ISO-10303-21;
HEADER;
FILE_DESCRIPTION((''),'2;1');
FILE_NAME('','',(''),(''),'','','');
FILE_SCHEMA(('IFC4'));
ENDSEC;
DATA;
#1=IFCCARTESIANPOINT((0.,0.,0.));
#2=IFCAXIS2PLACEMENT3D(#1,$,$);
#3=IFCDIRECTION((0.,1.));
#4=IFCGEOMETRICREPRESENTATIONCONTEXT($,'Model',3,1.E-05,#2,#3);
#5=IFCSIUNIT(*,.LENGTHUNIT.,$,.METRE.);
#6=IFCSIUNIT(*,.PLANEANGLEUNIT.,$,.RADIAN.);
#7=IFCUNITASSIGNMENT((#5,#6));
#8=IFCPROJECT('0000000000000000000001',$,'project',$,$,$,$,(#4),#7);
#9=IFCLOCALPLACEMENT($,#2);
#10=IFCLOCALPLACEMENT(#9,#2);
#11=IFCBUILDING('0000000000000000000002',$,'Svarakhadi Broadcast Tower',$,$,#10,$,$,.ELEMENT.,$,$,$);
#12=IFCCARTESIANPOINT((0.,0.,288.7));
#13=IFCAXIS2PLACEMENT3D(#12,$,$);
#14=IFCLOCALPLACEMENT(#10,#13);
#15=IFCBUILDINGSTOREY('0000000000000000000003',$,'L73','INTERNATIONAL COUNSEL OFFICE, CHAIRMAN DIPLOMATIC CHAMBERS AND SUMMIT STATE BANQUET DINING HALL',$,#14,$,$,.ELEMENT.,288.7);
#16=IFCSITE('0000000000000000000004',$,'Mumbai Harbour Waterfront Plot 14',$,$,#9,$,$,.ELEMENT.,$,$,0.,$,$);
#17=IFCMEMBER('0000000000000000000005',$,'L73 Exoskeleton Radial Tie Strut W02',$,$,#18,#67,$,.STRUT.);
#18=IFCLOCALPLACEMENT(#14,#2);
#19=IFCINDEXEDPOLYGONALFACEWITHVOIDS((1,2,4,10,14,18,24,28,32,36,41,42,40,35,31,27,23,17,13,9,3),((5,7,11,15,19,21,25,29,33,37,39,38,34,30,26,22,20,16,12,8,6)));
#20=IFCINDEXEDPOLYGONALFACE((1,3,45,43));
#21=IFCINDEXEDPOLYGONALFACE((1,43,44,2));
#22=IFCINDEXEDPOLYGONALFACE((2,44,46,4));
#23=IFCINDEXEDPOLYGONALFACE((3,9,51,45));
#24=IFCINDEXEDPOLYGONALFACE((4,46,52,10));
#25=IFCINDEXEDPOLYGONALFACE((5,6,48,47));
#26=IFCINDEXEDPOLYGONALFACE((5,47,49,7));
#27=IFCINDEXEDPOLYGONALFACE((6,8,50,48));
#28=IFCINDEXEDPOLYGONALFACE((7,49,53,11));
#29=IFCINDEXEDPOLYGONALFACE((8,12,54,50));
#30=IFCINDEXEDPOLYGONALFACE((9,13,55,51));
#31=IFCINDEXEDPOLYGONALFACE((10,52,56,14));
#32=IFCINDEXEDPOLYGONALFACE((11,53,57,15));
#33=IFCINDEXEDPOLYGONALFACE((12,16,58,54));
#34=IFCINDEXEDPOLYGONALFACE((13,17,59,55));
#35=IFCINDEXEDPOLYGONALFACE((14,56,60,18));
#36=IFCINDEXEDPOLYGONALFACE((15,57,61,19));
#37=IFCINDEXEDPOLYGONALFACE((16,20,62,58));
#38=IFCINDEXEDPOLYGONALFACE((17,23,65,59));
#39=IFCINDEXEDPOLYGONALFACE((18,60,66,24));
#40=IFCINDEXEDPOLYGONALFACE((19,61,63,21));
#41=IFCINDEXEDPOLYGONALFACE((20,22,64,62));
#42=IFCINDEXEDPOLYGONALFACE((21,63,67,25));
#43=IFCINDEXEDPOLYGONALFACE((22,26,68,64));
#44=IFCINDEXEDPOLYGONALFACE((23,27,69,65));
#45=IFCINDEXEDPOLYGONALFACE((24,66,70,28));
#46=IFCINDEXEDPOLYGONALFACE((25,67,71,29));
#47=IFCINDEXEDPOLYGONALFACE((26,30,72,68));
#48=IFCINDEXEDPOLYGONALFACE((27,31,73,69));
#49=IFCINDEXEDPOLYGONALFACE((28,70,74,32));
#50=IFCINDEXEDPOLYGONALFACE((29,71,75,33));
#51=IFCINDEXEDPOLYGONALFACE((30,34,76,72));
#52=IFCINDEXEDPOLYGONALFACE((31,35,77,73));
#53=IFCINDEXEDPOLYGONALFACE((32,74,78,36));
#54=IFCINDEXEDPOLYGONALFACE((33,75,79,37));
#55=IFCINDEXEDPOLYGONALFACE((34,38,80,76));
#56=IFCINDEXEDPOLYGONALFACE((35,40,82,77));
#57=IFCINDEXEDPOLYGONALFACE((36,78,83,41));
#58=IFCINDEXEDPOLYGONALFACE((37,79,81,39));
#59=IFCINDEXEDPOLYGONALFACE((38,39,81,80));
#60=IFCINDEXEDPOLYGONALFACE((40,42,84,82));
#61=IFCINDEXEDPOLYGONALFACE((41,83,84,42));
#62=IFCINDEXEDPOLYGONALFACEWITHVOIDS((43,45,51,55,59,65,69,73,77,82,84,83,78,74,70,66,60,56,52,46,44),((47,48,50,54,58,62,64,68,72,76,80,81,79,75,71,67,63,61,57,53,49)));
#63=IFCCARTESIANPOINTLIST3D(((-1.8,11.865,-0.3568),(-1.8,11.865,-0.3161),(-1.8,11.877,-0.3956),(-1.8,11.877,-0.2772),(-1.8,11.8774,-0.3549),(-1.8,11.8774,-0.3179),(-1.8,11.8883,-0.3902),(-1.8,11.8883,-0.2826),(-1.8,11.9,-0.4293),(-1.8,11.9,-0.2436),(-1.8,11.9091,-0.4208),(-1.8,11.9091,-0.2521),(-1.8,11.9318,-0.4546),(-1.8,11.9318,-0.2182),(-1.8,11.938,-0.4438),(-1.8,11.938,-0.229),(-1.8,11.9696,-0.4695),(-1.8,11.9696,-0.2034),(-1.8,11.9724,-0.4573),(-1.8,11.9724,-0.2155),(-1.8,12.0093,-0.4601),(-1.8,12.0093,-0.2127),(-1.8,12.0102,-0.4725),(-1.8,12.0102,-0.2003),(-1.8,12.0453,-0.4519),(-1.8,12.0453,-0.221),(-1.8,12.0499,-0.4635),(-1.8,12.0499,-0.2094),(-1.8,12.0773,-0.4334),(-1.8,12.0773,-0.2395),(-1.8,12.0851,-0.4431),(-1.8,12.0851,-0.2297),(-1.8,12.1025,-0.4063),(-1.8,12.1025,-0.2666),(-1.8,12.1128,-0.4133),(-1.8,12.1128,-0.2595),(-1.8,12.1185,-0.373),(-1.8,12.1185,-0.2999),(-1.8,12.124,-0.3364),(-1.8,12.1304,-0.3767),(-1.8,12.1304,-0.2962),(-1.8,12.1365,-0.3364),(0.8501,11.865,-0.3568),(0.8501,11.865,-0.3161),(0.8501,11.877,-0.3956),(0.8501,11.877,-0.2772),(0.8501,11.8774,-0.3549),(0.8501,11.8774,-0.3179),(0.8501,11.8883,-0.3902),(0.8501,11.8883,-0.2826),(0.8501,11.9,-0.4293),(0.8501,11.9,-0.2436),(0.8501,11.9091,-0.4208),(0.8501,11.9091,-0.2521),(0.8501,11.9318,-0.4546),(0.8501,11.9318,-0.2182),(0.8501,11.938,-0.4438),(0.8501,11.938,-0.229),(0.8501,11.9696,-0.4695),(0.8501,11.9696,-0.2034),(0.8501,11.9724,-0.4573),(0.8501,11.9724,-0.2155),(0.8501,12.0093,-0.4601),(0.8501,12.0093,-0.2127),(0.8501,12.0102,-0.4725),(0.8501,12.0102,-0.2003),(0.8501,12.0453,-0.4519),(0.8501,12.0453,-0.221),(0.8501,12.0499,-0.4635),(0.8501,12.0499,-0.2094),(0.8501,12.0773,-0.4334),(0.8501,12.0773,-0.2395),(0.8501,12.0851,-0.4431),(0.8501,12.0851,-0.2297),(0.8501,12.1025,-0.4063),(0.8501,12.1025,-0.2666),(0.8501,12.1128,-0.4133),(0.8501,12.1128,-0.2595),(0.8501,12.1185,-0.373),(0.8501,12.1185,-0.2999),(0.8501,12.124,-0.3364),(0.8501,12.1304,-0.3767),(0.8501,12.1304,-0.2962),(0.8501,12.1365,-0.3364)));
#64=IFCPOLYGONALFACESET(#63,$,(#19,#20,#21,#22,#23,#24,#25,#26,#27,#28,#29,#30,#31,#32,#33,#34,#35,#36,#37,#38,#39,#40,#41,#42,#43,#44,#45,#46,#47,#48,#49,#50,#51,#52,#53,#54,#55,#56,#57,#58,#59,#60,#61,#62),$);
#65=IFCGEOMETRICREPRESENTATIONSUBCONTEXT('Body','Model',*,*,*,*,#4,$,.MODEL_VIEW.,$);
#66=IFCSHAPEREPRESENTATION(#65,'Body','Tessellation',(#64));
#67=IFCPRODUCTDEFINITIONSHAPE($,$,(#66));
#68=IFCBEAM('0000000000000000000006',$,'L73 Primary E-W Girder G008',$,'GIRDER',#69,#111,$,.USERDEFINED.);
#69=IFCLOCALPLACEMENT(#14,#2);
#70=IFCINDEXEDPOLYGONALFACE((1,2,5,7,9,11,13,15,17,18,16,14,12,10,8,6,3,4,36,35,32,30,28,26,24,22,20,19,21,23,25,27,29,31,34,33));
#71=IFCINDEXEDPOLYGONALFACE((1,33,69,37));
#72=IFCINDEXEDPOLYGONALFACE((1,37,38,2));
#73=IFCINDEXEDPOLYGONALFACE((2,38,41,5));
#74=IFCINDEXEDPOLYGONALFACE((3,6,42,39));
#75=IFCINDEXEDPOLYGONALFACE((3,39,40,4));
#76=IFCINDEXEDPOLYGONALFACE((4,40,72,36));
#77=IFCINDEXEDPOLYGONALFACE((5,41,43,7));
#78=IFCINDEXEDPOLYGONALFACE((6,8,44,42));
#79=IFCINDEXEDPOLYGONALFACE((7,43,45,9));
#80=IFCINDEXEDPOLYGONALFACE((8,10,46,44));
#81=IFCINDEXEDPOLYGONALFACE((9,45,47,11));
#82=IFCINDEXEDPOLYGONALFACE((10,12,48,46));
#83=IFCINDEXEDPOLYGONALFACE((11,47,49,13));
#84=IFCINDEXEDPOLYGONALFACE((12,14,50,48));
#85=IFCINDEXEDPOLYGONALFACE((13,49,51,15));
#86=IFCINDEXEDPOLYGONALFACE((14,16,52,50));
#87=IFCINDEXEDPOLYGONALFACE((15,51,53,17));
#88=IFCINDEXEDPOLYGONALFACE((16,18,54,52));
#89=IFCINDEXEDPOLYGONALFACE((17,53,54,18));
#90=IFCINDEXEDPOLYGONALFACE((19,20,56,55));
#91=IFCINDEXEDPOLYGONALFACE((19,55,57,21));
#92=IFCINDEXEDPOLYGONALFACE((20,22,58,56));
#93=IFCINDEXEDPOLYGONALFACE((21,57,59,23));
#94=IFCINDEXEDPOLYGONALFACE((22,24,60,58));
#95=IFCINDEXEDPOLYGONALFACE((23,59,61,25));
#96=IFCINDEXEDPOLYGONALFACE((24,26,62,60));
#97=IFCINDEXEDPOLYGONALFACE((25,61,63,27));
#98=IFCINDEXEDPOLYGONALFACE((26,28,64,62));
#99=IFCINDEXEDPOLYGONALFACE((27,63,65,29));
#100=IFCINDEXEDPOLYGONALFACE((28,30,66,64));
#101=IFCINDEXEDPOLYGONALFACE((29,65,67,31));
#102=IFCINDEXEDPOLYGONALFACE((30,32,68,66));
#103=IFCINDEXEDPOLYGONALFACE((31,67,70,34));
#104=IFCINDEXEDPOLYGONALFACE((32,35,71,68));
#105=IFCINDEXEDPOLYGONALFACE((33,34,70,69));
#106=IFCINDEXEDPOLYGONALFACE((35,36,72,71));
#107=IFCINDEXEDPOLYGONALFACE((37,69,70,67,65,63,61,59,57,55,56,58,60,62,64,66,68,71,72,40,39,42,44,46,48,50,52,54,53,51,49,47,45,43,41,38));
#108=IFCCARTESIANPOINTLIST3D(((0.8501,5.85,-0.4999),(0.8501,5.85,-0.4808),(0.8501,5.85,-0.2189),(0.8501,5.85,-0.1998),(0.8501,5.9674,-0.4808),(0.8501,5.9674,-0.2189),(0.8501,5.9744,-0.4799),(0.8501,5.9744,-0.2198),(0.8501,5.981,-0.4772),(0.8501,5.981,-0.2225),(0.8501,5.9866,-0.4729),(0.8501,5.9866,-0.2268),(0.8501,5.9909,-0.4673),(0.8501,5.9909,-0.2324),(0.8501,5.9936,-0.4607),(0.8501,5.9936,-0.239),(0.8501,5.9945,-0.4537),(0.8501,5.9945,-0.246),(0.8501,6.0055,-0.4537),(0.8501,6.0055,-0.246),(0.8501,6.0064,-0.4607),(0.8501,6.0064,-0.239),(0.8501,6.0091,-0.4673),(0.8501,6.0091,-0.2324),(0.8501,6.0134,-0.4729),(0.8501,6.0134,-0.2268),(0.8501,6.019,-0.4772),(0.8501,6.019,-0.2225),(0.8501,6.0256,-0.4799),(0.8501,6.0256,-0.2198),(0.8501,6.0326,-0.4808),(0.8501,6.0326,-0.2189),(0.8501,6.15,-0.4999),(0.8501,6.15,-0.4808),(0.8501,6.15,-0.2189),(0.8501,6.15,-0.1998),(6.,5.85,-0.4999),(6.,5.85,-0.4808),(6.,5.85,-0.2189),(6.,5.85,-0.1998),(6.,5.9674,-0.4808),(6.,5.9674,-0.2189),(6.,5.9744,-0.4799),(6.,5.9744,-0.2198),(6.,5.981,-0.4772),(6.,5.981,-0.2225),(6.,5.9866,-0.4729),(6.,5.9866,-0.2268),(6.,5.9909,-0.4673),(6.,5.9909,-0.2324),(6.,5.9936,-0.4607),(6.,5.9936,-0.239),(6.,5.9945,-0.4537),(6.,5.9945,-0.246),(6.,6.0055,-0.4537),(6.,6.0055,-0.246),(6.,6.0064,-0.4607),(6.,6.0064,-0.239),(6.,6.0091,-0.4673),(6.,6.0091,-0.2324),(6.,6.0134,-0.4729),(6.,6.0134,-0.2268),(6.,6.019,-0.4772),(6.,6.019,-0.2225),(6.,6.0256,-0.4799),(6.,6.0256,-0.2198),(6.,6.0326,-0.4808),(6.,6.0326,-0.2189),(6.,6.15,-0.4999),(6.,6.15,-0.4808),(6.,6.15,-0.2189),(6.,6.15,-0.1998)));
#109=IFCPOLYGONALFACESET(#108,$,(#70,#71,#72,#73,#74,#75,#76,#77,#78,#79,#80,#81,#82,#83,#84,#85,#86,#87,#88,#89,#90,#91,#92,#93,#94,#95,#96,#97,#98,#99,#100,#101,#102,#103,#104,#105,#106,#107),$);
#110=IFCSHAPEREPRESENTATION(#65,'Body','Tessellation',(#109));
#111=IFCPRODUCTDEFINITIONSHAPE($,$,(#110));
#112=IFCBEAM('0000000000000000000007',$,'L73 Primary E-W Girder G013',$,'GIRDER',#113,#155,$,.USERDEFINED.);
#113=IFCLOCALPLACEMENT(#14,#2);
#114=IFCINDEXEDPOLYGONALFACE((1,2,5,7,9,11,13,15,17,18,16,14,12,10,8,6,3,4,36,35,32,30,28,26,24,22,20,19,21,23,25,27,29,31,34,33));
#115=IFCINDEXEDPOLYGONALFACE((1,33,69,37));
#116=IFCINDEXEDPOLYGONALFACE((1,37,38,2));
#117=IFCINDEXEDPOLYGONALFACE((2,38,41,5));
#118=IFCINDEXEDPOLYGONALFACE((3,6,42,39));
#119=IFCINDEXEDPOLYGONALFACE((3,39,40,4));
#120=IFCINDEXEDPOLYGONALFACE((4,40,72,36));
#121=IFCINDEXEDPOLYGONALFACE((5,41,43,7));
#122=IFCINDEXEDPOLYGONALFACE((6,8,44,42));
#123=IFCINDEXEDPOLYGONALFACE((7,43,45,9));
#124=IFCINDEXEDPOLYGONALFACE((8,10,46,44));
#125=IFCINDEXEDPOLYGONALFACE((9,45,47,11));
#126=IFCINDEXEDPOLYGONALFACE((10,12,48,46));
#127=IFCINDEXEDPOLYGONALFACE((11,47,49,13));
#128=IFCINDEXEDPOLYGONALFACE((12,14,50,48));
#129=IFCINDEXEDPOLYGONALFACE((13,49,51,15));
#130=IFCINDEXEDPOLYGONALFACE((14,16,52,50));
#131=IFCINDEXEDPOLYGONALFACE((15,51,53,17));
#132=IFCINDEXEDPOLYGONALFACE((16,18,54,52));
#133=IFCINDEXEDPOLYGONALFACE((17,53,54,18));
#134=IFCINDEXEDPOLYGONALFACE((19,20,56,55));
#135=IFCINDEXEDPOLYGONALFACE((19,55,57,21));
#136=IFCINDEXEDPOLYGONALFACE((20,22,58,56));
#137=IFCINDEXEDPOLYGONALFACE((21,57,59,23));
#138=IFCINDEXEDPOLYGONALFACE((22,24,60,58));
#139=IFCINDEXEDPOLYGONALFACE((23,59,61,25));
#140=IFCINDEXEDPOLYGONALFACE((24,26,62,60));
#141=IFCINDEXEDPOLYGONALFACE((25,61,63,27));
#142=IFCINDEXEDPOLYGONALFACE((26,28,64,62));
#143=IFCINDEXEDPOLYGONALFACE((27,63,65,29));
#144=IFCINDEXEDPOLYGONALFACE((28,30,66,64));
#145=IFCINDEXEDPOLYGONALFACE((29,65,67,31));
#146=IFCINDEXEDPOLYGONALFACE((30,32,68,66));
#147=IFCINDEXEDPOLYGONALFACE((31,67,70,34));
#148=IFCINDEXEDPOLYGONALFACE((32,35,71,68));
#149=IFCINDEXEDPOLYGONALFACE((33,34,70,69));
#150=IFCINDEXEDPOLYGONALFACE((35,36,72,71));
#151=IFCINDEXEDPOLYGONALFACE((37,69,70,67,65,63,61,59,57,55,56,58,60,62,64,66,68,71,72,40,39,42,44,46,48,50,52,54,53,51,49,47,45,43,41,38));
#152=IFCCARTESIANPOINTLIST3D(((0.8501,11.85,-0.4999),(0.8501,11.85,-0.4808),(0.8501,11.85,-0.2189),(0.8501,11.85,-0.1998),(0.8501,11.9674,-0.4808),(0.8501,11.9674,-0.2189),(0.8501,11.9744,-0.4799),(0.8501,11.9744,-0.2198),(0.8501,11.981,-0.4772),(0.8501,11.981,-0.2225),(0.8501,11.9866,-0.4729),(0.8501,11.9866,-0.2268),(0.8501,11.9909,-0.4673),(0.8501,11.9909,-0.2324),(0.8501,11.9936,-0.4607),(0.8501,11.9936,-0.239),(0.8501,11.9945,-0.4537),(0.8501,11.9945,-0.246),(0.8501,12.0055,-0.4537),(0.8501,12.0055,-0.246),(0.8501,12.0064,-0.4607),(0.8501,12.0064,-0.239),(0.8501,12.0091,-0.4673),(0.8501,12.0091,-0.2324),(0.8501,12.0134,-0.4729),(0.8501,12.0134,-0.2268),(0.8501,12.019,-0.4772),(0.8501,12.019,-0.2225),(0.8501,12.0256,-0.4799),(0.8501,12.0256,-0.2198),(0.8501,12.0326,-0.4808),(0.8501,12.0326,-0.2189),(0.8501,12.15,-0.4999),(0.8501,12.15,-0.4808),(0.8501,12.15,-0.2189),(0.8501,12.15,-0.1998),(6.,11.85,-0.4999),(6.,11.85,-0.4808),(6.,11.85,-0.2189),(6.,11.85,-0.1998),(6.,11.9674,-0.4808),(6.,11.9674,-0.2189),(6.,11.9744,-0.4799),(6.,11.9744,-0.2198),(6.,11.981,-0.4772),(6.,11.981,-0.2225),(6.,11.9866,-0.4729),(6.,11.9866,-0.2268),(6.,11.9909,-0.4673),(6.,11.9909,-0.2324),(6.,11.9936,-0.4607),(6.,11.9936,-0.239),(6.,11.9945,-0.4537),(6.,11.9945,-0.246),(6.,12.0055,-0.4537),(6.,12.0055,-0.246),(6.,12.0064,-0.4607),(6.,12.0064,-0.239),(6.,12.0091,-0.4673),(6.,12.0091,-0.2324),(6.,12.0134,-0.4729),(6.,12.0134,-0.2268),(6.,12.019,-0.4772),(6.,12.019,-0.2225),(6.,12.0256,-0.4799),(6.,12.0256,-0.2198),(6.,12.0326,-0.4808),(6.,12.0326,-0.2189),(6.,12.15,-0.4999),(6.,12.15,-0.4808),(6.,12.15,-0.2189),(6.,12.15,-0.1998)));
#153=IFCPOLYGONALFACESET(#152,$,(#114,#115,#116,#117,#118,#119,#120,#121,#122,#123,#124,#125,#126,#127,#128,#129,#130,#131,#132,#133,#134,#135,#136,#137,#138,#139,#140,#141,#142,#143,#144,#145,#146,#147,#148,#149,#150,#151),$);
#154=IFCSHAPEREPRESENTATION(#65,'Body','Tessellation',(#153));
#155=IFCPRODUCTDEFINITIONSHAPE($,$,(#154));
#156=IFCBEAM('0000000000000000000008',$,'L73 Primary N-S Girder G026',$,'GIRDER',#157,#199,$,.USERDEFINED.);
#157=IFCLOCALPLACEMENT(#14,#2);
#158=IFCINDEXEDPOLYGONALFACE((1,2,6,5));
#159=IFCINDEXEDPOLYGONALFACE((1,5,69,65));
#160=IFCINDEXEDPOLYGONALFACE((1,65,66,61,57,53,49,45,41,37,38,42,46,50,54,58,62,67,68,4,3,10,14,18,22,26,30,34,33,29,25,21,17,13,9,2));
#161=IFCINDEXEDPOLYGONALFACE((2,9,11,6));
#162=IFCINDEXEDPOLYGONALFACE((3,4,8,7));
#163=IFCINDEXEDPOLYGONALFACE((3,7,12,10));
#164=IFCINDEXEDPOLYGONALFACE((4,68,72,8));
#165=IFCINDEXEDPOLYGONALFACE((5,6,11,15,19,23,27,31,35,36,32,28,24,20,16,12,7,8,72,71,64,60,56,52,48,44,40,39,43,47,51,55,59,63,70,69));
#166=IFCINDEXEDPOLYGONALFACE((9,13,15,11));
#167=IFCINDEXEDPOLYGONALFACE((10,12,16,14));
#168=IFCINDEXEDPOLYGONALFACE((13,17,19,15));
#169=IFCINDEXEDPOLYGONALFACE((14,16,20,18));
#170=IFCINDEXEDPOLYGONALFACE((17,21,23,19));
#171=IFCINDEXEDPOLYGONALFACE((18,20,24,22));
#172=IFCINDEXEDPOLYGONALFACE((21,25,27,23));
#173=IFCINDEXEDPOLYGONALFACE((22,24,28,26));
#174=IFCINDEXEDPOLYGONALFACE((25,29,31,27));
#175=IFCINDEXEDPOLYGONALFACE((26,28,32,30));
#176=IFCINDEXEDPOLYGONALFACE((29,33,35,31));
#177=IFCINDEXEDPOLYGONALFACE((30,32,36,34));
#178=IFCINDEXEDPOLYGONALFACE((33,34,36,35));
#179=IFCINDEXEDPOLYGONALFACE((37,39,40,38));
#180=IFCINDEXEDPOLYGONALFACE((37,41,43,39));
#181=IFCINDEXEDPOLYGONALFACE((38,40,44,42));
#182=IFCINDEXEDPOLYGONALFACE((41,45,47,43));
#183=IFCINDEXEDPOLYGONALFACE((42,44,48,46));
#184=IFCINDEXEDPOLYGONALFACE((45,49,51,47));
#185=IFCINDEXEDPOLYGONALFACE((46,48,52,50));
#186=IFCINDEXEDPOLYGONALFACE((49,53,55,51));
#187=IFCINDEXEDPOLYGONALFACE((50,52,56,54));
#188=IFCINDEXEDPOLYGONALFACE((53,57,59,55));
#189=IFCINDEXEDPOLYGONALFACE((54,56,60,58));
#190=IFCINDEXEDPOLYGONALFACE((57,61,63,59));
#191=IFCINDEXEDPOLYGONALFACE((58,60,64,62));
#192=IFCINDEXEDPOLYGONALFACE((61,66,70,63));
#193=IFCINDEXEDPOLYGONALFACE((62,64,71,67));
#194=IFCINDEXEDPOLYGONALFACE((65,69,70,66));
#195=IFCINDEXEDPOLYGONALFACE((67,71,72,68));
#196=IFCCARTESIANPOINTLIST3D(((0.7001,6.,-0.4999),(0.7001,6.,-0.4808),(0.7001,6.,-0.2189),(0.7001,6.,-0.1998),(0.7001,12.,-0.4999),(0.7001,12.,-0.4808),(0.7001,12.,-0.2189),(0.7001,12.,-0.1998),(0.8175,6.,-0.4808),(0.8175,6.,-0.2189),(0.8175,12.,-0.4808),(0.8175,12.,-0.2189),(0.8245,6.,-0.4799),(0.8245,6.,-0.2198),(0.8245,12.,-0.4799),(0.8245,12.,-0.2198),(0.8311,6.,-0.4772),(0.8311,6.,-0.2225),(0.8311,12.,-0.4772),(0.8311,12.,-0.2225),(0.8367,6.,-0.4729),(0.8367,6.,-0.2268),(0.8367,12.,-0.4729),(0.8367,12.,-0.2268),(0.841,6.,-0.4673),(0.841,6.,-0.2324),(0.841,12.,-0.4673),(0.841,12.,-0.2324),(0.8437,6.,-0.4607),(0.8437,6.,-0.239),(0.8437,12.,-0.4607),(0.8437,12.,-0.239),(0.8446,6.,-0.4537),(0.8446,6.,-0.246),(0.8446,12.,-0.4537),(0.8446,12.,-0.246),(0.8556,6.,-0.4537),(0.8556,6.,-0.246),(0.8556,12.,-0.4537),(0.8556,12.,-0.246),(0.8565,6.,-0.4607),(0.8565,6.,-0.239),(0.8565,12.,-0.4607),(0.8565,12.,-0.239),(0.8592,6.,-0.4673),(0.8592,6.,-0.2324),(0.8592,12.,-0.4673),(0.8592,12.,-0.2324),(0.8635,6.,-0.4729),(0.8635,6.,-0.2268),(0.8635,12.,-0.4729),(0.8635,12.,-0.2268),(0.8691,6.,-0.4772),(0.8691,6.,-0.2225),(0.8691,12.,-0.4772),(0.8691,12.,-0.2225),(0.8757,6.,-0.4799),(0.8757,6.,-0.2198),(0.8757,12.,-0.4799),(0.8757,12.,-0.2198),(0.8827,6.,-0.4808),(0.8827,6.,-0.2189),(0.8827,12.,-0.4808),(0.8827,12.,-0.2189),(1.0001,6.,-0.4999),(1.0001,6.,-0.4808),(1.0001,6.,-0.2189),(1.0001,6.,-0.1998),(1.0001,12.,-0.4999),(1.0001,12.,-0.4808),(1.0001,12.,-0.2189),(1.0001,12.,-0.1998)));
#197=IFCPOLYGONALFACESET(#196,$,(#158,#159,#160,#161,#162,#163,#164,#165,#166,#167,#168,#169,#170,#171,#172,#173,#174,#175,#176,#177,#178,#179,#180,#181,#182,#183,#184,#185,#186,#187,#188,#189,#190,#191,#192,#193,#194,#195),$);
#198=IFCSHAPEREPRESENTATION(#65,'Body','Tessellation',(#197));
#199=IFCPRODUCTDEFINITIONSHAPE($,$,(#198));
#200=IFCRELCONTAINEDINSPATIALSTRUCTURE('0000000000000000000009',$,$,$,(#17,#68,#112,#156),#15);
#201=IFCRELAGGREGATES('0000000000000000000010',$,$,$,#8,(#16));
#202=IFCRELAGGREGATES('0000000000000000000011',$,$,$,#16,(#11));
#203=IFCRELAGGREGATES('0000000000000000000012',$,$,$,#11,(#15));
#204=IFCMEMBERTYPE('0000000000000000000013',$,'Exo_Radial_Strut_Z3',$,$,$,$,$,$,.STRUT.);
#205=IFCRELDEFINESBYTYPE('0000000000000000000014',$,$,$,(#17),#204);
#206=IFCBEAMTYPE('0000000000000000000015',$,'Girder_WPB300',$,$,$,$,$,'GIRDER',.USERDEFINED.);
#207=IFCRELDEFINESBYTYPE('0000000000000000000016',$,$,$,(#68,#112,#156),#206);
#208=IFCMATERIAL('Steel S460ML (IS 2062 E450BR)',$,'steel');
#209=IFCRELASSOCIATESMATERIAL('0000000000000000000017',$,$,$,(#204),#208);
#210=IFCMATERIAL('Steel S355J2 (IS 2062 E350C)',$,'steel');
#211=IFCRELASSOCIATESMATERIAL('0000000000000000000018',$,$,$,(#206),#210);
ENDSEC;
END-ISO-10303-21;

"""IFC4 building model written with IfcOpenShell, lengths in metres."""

from ifc_helpers import new_model, si_unit, direction, frame, origin, origin_2d, place, context, subcontext, project, spatial, hollow_circle, i_section, extrude, material, material_profile, profile_set, type_object, element, save


model = new_model("IFC4")

# Units and contexts
model_context = context("Model", 3, precision=1e-05, world=origin(), true_north=direction((0.0, 1.0)))
body_context = subcontext(model_context, "Body", "Model", "MODEL_VIEW")
ifc_project = project(units=[si_unit("LENGTHUNIT", "METRE"), si_unit("PLANEANGLEUNIT", "RADIAN")], contexts=[model_context])

# Site, building, storey
site_placement = place(None, origin())
site = spatial("IfcSite", under=ifc_project, at=site_placement, Name="Mumbai Harbour Waterfront Plot 14", CompositionType="ELEMENT", RefElevation=0.0)
building_placement = place(site_placement, origin())
building = spatial("IfcBuilding", under=site, at=building_placement, Name="Svarakhadi Broadcast Tower", CompositionType="ELEMENT")
storey_placement = place(building_placement, frame((0.0, 0.0, 288.7)))
storey = spatial("IfcBuildingStorey", under=building, at=storey_placement, Name="L73", Description="INTERNATIONAL COUNSEL OFFICE, CHAIRMAN DIPLOMATIC CHAMBERS AND SUMMIT STATE BANQUET DINING HALL", CompositionType="ELEMENT", Elevation=288.7)

# Shared definitions
ifc_material_1 = material(Name="Steel S460ML (IS 2062 E450BR)", Category="steel")

# Shared definitions
ifc_material_2 = material(Name="Steel S355J2 (IS 2062 E350C)", Category="steel")

# Member
ifc_material_profile_1 = material_profile(ifc_material_1, hollow_circle(Radius=0.1365, WallThickness=0.0125, at=origin_2d()), Name="CHS 273x12.5")
ifc_profile_set_1 = profile_set([ifc_material_profile_1], Name="Steel S460ML (IS 2062 E450BR)")
member_type_1 = type_object("IfcMemberType", Name="Exo_Radial_Strut_Z3", PredefinedType="STRUT", material=ifc_profile_set_1)
member_1_placement = place(storey_placement, frame((-1.8, 12.0, -0.3364), z_axis=(1.0, 0.0, 0.0), x_axis=(0.0, 1.0, 0.0)))
element("IfcMember", 1, at=member_1_placement, inside=storey, type_object=member_type_1, Name="L73 Exoskeleton Radial Tie Strut W02", PredefinedType="STRUT", context=body_context, shape_type="SweptSolid", body=[
    extrude(hollow_circle(Radius=0.1365, WallThickness=0.0125, at=origin_2d()), origin(), (0.0, 0.0, 1.0), 2.6501),
])

# Beams
ifc_material_profile_2 = material_profile(ifc_material_2, i_section(OverallWidth=0.3, OverallDepth=0.3, WebThickness=0.011, FlangeThickness=0.019, FilletRadius=0.0271, at=origin_2d()), Name="WPB 300x300x117")
ifc_profile_set_2 = profile_set([ifc_material_profile_2], Name="Steel S355J2 (IS 2062 E350C)")
beam_type_1 = type_object("IfcBeamType", Name="Girder_WPB300", ElementType="GIRDER", PredefinedType="USERDEFINED", material=ifc_profile_set_2)
for number, where, z_axis, x_axis, name in (
    (2, (0.8501, 6.0, -0.3499), (1.0, 0.0, 0.0), (0.0, 1.0, 0.0), "L73 Primary E-W Girder G008"),
    (3, (0.8501, 12.0, -0.3499), (1.0, 0.0, 0.0), (0.0, 1.0, 0.0), "L73 Primary E-W Girder G013"),
):
    element("IfcBeam", number, at=place(storey_placement, frame(where, z_axis=z_axis, x_axis=x_axis)), inside=storey, type_object=beam_type_1, Name=name, ObjectType="GIRDER", PredefinedType="USERDEFINED", context=body_context, shape_type="SweptSolid", body=[
        extrude(i_section(OverallWidth=0.3, OverallDepth=0.3, WebThickness=0.011, FlangeThickness=0.019, FilletRadius=0.0271, at=origin_2d()), origin(), (0.0, 0.0, 1.0), 5.1499),
    ])
for number, where, z_axis, x_axis, name in (
    (4, (0.8501, 6.0, -0.3499), (0.0, 1.0, 0.0), (-1.0, 0.0, 0.0), "L73 Primary N-S Girder G026"),
):
    element("IfcBeam", number, at=place(storey_placement, frame(where, z_axis=z_axis, x_axis=x_axis)), inside=storey, type_object=beam_type_1, Name=name, ObjectType="GIRDER", PredefinedType="USERDEFINED", context=body_context, shape_type="SweptSolid", body=[
        extrude(i_section(OverallWidth=0.3, OverallDepth=0.3, WebThickness=0.011, FlangeThickness=0.019, FilletRadius=0.0271, at=origin_2d()), origin(), (0.0, 0.0, 1.0), 6.0),
    ])

save(model, "model.ifc")
